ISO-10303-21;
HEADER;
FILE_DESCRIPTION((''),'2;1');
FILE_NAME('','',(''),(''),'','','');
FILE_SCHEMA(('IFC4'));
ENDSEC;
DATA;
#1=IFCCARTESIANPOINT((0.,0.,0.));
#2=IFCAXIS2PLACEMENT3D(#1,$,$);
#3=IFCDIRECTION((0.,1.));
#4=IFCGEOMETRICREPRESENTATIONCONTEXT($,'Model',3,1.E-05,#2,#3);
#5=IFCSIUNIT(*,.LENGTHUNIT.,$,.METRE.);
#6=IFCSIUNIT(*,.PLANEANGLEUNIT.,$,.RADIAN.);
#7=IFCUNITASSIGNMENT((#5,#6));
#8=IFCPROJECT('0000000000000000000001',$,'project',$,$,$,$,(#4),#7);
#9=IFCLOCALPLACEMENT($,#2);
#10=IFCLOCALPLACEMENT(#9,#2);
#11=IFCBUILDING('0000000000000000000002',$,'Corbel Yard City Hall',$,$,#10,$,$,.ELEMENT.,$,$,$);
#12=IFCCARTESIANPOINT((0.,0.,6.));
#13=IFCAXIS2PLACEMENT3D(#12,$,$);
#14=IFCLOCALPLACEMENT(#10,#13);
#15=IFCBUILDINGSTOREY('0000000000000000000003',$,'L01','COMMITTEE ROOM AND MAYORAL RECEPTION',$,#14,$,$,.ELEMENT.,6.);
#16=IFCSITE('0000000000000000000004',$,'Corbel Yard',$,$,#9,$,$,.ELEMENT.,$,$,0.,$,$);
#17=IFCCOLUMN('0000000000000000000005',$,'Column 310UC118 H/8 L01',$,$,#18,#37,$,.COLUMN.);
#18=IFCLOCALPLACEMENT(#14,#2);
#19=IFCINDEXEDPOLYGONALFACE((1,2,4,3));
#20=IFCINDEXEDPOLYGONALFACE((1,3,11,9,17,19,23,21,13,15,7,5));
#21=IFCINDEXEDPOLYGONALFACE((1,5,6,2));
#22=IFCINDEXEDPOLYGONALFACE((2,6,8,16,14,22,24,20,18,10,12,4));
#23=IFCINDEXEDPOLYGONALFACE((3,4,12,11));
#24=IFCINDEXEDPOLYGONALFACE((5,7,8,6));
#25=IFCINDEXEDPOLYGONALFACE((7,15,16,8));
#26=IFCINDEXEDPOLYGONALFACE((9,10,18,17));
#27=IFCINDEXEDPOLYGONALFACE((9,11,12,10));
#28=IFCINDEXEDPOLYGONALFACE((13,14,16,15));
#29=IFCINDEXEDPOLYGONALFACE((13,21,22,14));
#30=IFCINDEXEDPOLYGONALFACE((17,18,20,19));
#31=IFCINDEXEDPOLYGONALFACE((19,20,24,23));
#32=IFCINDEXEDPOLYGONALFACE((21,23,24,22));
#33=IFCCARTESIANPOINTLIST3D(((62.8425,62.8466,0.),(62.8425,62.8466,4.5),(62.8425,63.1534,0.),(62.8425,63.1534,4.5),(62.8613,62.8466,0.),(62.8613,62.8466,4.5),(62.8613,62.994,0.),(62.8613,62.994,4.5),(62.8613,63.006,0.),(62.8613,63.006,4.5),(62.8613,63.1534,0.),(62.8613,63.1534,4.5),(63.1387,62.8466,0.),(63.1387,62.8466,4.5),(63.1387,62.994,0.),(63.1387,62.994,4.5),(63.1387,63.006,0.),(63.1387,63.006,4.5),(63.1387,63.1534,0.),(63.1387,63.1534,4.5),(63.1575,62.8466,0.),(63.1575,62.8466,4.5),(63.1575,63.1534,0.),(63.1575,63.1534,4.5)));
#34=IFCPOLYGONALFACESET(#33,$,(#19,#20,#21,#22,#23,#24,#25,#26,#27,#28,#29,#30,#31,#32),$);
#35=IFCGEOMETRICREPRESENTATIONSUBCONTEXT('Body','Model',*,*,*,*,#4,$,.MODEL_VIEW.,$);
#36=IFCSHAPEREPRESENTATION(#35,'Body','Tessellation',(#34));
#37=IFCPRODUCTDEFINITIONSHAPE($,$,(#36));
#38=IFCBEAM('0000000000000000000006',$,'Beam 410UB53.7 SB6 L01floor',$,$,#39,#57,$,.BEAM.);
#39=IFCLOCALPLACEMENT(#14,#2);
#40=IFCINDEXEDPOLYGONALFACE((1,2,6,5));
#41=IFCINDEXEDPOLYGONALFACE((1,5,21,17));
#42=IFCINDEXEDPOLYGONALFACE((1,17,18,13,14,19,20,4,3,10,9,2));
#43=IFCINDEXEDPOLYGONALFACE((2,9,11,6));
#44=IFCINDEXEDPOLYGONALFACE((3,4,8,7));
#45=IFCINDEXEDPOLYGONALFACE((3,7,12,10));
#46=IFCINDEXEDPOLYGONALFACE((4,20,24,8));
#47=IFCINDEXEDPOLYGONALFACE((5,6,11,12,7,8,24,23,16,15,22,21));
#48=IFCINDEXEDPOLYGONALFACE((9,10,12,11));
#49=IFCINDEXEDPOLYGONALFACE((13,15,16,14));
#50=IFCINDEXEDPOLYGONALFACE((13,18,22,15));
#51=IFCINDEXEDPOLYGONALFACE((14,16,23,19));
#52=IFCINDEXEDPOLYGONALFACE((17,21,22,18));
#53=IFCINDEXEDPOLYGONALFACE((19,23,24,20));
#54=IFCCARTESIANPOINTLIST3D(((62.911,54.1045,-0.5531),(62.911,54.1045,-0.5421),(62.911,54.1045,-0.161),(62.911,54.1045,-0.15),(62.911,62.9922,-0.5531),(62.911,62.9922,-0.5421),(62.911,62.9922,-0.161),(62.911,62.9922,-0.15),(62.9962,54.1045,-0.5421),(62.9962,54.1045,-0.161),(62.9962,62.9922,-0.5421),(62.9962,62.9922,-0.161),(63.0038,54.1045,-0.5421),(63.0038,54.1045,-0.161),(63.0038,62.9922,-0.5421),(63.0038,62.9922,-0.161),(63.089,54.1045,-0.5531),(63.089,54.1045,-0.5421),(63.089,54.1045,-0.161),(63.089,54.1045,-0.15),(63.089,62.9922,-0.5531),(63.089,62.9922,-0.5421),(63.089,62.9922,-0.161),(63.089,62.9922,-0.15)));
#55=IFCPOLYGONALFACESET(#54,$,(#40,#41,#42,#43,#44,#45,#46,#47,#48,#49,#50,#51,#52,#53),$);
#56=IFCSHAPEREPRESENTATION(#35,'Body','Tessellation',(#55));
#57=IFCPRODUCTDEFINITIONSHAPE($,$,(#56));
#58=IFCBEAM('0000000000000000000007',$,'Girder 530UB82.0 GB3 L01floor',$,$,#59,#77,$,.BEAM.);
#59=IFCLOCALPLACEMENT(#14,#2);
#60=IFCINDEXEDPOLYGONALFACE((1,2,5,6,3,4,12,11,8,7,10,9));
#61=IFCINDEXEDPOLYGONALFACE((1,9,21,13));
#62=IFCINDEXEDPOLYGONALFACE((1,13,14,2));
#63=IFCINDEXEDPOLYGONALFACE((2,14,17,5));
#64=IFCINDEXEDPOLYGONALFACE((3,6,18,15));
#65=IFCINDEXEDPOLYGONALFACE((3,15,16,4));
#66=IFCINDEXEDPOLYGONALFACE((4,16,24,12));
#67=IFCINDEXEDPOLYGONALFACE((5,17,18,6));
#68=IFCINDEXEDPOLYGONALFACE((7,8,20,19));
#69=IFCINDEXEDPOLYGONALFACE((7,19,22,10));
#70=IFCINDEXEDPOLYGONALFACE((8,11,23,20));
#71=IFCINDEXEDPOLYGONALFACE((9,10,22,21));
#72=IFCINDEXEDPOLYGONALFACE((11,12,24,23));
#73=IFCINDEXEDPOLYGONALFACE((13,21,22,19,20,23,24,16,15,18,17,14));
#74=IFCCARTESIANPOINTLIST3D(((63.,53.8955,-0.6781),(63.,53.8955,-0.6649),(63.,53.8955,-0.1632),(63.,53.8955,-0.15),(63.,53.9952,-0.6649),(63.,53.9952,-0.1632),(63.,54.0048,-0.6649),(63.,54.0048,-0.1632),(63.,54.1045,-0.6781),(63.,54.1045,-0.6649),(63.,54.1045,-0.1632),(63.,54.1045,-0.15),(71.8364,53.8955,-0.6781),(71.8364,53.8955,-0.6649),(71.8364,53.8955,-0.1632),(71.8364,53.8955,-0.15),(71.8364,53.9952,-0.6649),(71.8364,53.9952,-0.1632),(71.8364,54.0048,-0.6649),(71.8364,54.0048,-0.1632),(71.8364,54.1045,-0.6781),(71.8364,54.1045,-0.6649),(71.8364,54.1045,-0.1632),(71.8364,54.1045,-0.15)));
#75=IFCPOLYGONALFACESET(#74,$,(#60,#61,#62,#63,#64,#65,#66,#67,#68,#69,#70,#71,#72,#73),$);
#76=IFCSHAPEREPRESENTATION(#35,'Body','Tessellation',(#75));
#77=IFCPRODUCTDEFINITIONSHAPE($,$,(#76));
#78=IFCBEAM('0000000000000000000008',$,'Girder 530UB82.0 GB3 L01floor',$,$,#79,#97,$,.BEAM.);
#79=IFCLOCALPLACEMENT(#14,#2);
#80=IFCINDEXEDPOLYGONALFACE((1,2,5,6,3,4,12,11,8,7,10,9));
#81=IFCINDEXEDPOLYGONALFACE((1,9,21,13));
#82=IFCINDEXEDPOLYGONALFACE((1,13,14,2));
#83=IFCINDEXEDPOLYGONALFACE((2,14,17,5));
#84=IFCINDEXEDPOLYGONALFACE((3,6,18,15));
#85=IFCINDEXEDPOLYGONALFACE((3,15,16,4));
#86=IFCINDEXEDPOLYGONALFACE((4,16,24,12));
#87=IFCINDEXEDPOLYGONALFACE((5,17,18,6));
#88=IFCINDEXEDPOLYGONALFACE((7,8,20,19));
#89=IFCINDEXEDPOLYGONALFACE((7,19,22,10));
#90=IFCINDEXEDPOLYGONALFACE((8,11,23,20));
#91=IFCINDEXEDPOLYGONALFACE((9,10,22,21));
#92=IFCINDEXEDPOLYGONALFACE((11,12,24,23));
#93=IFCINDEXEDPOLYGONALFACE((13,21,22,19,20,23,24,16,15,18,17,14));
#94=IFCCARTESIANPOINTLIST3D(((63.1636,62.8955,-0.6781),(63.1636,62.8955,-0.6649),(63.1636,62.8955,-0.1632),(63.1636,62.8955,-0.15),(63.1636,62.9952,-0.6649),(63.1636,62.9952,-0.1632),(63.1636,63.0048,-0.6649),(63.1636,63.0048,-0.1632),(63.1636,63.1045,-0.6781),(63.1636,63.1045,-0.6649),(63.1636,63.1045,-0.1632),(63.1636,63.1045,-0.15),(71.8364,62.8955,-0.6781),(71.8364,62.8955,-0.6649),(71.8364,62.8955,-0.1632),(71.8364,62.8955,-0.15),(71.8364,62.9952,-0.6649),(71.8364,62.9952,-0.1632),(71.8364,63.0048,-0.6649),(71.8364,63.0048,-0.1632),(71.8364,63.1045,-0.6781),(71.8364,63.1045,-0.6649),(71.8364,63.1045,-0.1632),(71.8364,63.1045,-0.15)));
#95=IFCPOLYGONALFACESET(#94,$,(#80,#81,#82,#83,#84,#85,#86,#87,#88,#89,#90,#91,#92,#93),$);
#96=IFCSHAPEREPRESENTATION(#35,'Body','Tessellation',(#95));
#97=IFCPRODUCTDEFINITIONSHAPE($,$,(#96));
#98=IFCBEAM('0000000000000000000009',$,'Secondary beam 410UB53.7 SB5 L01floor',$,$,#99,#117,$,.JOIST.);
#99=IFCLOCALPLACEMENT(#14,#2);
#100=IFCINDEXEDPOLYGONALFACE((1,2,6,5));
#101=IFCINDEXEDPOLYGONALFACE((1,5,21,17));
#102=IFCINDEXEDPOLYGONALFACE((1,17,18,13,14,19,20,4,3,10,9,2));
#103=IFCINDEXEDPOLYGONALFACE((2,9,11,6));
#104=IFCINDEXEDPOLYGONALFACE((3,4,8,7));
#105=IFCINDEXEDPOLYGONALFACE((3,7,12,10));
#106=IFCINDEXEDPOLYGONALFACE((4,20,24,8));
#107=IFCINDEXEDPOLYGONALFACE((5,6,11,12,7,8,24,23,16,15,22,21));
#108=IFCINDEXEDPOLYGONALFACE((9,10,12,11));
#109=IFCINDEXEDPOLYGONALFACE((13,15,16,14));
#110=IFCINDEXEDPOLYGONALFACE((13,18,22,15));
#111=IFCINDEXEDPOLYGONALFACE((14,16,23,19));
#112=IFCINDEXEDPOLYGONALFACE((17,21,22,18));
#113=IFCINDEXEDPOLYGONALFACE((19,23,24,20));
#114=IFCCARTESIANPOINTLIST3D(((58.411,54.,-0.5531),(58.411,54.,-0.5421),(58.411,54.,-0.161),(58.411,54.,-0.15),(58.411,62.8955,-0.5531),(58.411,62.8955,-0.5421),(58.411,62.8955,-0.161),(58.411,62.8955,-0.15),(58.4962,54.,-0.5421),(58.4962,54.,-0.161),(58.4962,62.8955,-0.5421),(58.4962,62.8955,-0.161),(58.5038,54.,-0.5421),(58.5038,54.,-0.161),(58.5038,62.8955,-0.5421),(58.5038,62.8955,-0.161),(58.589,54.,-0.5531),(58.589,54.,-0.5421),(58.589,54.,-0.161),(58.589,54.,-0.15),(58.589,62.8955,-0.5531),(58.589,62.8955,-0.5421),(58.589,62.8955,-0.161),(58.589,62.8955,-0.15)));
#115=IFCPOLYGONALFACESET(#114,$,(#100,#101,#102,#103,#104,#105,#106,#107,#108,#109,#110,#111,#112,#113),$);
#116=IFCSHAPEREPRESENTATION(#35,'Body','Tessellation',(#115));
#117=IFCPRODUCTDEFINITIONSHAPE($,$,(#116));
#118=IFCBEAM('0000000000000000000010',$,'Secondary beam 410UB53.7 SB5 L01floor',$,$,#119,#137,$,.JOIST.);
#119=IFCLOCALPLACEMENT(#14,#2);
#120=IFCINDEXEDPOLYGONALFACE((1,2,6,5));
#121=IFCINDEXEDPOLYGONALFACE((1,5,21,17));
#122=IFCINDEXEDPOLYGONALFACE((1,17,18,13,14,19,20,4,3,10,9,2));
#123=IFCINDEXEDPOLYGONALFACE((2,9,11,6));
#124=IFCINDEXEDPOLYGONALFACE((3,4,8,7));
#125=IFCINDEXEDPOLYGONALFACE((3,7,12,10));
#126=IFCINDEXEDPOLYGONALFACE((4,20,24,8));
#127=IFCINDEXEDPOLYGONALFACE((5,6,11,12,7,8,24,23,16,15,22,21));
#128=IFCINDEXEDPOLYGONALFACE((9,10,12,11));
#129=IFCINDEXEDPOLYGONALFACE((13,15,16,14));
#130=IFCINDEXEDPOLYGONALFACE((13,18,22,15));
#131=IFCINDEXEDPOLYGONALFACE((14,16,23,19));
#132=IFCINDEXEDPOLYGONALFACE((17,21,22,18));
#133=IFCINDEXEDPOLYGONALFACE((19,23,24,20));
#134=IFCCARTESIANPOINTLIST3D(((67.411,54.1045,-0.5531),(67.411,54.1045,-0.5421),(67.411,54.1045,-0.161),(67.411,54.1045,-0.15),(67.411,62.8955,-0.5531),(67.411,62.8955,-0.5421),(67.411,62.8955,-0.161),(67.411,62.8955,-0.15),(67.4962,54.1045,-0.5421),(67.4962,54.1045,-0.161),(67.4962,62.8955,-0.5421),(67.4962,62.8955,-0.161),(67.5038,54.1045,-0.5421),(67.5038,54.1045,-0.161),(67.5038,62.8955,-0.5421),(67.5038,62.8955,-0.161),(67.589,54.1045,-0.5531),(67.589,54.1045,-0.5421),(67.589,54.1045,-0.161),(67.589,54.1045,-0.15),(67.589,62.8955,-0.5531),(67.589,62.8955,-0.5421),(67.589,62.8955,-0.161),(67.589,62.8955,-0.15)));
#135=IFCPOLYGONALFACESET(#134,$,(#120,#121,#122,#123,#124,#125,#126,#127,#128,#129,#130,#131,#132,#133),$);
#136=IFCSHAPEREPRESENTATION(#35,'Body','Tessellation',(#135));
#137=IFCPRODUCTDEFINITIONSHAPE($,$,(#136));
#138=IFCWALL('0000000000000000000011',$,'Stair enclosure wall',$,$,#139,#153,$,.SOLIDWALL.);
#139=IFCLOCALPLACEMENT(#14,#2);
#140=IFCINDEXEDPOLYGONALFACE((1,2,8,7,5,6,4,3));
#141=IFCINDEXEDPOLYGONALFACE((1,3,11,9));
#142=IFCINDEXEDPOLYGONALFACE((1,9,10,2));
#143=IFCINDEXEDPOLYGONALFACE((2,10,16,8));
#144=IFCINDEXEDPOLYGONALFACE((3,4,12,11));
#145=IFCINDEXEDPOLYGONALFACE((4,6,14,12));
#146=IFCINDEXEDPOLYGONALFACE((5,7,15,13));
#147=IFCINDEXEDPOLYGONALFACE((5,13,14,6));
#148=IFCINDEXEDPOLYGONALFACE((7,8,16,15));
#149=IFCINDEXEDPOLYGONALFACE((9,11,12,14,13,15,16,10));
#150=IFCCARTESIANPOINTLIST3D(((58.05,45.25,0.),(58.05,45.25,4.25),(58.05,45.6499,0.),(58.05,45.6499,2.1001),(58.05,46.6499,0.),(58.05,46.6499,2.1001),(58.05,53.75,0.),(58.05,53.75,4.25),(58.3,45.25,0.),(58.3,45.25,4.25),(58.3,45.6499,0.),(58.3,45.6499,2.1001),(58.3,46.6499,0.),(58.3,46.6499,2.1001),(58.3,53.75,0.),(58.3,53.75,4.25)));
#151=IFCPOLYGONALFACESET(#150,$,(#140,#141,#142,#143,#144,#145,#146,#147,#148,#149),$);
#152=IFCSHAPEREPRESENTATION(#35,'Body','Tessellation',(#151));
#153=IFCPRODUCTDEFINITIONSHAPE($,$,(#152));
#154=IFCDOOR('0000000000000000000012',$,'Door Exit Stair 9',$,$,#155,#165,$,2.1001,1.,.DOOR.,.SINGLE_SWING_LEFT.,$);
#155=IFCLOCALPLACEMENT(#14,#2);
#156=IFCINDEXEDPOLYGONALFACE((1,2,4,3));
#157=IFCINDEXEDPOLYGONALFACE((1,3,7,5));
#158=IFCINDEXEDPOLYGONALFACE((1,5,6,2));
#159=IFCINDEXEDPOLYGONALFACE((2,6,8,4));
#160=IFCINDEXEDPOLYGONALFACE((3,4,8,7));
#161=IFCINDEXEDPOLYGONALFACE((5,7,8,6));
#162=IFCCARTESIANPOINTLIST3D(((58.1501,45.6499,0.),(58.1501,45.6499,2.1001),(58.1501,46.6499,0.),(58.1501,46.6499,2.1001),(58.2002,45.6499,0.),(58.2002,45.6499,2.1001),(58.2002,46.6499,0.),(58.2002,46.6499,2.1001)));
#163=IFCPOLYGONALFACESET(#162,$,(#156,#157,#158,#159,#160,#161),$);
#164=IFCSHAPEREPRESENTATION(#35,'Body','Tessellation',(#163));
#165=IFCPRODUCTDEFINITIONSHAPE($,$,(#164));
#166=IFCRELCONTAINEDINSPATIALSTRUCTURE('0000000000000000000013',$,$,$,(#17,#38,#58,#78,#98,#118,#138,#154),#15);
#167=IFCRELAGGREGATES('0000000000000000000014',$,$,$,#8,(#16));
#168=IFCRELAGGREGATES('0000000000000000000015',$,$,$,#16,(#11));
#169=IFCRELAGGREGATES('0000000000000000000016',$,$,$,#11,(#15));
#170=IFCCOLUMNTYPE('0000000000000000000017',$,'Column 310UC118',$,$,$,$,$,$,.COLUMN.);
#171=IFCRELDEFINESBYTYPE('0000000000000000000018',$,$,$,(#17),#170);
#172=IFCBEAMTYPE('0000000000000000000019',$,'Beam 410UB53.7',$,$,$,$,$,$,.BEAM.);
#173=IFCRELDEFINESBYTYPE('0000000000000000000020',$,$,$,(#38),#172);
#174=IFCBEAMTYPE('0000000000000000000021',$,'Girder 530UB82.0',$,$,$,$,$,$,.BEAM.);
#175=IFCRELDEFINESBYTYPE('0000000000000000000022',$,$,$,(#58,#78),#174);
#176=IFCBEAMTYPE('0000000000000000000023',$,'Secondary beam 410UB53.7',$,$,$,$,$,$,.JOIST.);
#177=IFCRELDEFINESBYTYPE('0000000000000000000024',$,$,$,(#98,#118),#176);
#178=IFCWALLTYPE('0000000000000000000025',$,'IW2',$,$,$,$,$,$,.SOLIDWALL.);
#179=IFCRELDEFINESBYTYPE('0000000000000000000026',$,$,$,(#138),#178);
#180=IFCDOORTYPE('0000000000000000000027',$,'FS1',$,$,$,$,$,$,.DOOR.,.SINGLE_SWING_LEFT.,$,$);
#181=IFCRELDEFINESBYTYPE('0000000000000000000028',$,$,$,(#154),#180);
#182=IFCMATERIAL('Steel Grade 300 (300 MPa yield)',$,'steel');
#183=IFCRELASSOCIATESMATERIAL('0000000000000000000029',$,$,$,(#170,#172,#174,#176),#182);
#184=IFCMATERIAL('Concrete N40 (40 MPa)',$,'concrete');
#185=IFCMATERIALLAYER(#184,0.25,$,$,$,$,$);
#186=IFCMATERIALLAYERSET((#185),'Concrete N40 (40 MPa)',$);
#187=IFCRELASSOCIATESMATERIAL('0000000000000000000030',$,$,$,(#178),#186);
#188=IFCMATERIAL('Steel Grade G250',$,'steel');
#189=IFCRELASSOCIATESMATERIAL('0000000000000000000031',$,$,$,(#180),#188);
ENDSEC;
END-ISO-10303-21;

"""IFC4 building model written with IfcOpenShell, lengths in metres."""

from ifc_helpers import new_model, si_unit, direction, frame, frame_2d, origin, origin_2d, place, context, subcontext, project, spatial, rectangle, i_section, extrude, material, layer, layer_set, material_profile, profile_set, type_object, element, fill, save


model = new_model("IFC4")

# Units and contexts
model_context = context("Model", 3, precision=1e-05, world=origin(), true_north=direction((0.0, 1.0)))
body_context = subcontext(model_context, "Body", "Model", "MODEL_VIEW")
ifc_project = project(units=[si_unit("LENGTHUNIT", "METRE"), si_unit("PLANEANGLEUNIT", "RADIAN")], contexts=[model_context])

# Site, building, storey
site_placement = place(None, origin())
site = spatial("IfcSite", under=ifc_project, at=site_placement, Name="Corbel Yard", CompositionType="ELEMENT", RefElevation=0.0)
building_placement = place(site_placement, origin())
building = spatial("IfcBuilding", under=site, at=building_placement, Name="Corbel Yard City Hall", CompositionType="ELEMENT")
storey_placement = place(building_placement, frame((0.0, 0.0, 6.0)))
storey = spatial("IfcBuildingStorey", under=building, at=storey_placement, Name="L01", Description="COMMITTEE ROOM AND MAYORAL RECEPTION", CompositionType="ELEMENT", Elevation=6.0)

# Column
ifc_material_1 = material(Name="Steel Grade 300 (300 MPa yield)", Category="steel")
ifc_material_profile_1 = material_profile(ifc_material_1, i_section(OverallWidth=0.3069, OverallDepth=0.3149, WebThickness=0.012, FlangeThickness=0.0188, at=origin_2d()), Name="310UC118")
ifc_profile_set_1 = profile_set([ifc_material_profile_1], Name="Steel Grade 300 (300 MPa yield)")
column_type = type_object("IfcColumnType", Name="Column 310UC118", PredefinedType="COLUMN", material=ifc_profile_set_1)
column_placement = place(storey_placement, frame((63.0, 63.0, 0.0), z_axis=(0.0, 0.0, 1.0), x_axis=(0.0, 1.0, 0.0)))
element("IfcColumn", 1, at=column_placement, inside=storey, type_object=column_type, Name="Column 310UC118 H/8 L01", PredefinedType="COLUMN", context=body_context, shape_type="SweptSolid", body=[
    extrude(i_section(OverallWidth=0.3069, OverallDepth=0.3149, WebThickness=0.012, FlangeThickness=0.0188, at=origin_2d()), origin(), (0.0, 0.0, 1.0), 4.5),
])

# Beams
ifc_material_profile_2 = material_profile(ifc_material_1, i_section(OverallWidth=0.178, OverallDepth=0.4031, WebThickness=0.0076, FlangeThickness=0.011, at=origin_2d()), Name="410UB53.7")
ifc_profile_set_2 = profile_set([ifc_material_profile_2], Name="Steel Grade 300 (300 MPa yield)")
beam_type_1 = type_object("IfcBeamType", Name="Beam 410UB53.7", PredefinedType="BEAM", material=ifc_profile_set_2)
beam_1_placement = place(storey_placement, frame((63.0, 54.1045, -0.3516), z_axis=(0.0, 1.0, 0.0), x_axis=(-1.0, 0.0, 0.0)))
element("IfcBeam", 2, at=beam_1_placement, inside=storey, type_object=beam_type_1, Name="Beam 410UB53.7 SB6 L01floor", PredefinedType="BEAM", context=body_context, shape_type="SweptSolid", body=[
    extrude(i_section(OverallWidth=0.178, OverallDepth=0.4031, WebThickness=0.0076, FlangeThickness=0.011, at=origin_2d()), origin(), (0.0, 0.0, 1.0), 8.8877),
])
ifc_material_profile_3 = material_profile(ifc_material_1, i_section(OverallWidth=0.209, OverallDepth=0.5281, WebThickness=0.0095, FlangeThickness=0.0132, at=origin_2d()), Name="530UB82.0")
ifc_profile_set_3 = profile_set([ifc_material_profile_3], Name="Steel Grade 300 (300 MPa yield)")
beam_type_2 = type_object("IfcBeamType", Name="Girder 530UB82.0", PredefinedType="BEAM", material=ifc_profile_set_3)
beam_2_placement = place(storey_placement, frame((63.0, 54.0, -0.4141), z_axis=(1.0, 0.0, 0.0), x_axis=(0.0, 1.0, 0.0)))
element("IfcBeam", 3, at=beam_2_placement, inside=storey, type_object=beam_type_2, Name="Girder 530UB82.0 GB3 L01floor", PredefinedType="BEAM", context=body_context, shape_type="SweptSolid", body=[
    extrude(i_section(OverallWidth=0.209, OverallDepth=0.5281, WebThickness=0.0095, FlangeThickness=0.0132, at=origin_2d()), origin(), (0.0, 0.0, 1.0), 8.8364),
])
beam_3_placement = place(storey_placement, frame((63.1636, 63.0, -0.4141), z_axis=(1.0, 0.0, 0.0), x_axis=(0.0, 1.0, 0.0)))
element("IfcBeam", 4, at=beam_3_placement, inside=storey, type_object=beam_type_2, Name="Girder 530UB82.0 GB3 L01floor", PredefinedType="BEAM", context=body_context, shape_type="SweptSolid", body=[
    extrude(i_section(OverallWidth=0.209, OverallDepth=0.5281, WebThickness=0.0095, FlangeThickness=0.0132, at=origin_2d()), origin(), (0.0, 0.0, 1.0), 8.6729),
])
ifc_material_profile_4 = material_profile(ifc_material_1, i_section(OverallWidth=0.178, OverallDepth=0.4031, WebThickness=0.0076, FlangeThickness=0.011, at=origin_2d()), Name="410UB53.7")
ifc_profile_set_4 = profile_set([ifc_material_profile_4], Name="Steel Grade 300 (300 MPa yield)")
beam_type_3 = type_object("IfcBeamType", Name="Secondary beam 410UB53.7", PredefinedType="JOIST", material=ifc_profile_set_4)
beam_4_placement = place(storey_placement, frame((58.5, 54.0, -0.3516), z_axis=(0.0, 1.0, 0.0), x_axis=(-1.0, 0.0, 0.0)))
element("IfcBeam", 5, at=beam_4_placement, inside=storey, type_object=beam_type_3, Name="Secondary beam 410UB53.7 SB5 L01floor", PredefinedType="JOIST", context=body_context, shape_type="SweptSolid", body=[
    extrude(i_section(OverallWidth=0.178, OverallDepth=0.4031, WebThickness=0.0076, FlangeThickness=0.011, at=origin_2d()), origin(), (0.0, 0.0, 1.0), 8.8955),
])
beam_5_placement = place(storey_placement, frame((67.5, 54.1045, -0.3516), z_axis=(0.0, 1.0, 0.0), x_axis=(-1.0, 0.0, 0.0)))
element("IfcBeam", 6, at=beam_5_placement, inside=storey, type_object=beam_type_3, Name="Secondary beam 410UB53.7 SB5 L01floor", PredefinedType="JOIST", context=body_context, shape_type="SweptSolid", body=[
    extrude(i_section(OverallWidth=0.178, OverallDepth=0.4031, WebThickness=0.0076, FlangeThickness=0.011, at=origin_2d()), origin(), (0.0, 0.0, 1.0), 8.791),
])

# Wall, opening, door
ifc_material_2 = material(Name="Concrete N40 (40 MPa)", Category="concrete")
ifc_layer_1 = layer(ifc_material_2, 0.25)
ifc_layer_set_1 = layer_set([ifc_layer_1], Name="Concrete N40 (40 MPa)")
wall_type_1 = type_object("IfcWallType", Name="IW2", PredefinedType="SOLIDWALL", material=ifc_layer_set_1)
wall_1_placement = place(storey_placement, frame((58.175, 45.25, 0.0), z_axis=(0.0, 0.0, 1.0), x_axis=(0.0, 1.0, 0.0)))
wall_1 = element("IfcWall", 7, at=wall_1_placement, inside=storey, type_object=wall_type_1, Name="Stair enclosure wall", PredefinedType="SOLIDWALL", context=body_context, shape_type="SweptSolid", body=[
    extrude(rectangle(XDim=8.5, YDim=0.25, at=frame_2d((4.25, 0.0))), origin(), (0.0, 0.0, 1.0), 4.25),
])
opening_1_placement = place(wall_1_placement, frame((0.3999, 0.0, 0.0)))
opening_1 = element("IfcOpeningElement", 8, at=opening_1_placement, cuts=wall_1, PredefinedType="OPENING", context=body_context, shape_type="SweptSolid", body=[
    extrude(rectangle(XDim=1.0, YDim=2.1001, at=frame_2d((0.5, 1.05))), frame((0.0, 0.135, 0.0), z_axis=(0.0, -1.0, 0.0), x_axis=(1.0, 0.0, 0.0)), (0.0, 0.0, 1.0), 0.27),
])
ifc_material_3 = material(Name="Steel Grade G250", Category="steel")
door_type_1 = type_object("IfcDoorType", Name="FS1", OperationType="SINGLE_SWING_LEFT", PredefinedType="DOOR", material=ifc_material_3)
door_1_placement = place(opening_1_placement, origin())
door_1 = element("IfcDoor", 9, at=door_1_placement, inside=storey, type_object=door_type_1, Name="Door Exit Stair 9", OperationType="SINGLE_SWING_LEFT", OverallHeight=2.1001, OverallWidth=1.0, PredefinedType="DOOR", context=body_context, shape_type="SweptSolid", body=[
    extrude(rectangle(XDim=1.0, YDim=2.1001, at=frame_2d((0.5, 1.05))), frame((0.0, 0.0249, 0.0), z_axis=(0.0, -1.0, 0.0), x_axis=(1.0, 0.0, 0.0)), (0.0, 0.0, 1.0), 0.05),
])
fill(opening_1, door_1)

save(model, "model.ifc")
